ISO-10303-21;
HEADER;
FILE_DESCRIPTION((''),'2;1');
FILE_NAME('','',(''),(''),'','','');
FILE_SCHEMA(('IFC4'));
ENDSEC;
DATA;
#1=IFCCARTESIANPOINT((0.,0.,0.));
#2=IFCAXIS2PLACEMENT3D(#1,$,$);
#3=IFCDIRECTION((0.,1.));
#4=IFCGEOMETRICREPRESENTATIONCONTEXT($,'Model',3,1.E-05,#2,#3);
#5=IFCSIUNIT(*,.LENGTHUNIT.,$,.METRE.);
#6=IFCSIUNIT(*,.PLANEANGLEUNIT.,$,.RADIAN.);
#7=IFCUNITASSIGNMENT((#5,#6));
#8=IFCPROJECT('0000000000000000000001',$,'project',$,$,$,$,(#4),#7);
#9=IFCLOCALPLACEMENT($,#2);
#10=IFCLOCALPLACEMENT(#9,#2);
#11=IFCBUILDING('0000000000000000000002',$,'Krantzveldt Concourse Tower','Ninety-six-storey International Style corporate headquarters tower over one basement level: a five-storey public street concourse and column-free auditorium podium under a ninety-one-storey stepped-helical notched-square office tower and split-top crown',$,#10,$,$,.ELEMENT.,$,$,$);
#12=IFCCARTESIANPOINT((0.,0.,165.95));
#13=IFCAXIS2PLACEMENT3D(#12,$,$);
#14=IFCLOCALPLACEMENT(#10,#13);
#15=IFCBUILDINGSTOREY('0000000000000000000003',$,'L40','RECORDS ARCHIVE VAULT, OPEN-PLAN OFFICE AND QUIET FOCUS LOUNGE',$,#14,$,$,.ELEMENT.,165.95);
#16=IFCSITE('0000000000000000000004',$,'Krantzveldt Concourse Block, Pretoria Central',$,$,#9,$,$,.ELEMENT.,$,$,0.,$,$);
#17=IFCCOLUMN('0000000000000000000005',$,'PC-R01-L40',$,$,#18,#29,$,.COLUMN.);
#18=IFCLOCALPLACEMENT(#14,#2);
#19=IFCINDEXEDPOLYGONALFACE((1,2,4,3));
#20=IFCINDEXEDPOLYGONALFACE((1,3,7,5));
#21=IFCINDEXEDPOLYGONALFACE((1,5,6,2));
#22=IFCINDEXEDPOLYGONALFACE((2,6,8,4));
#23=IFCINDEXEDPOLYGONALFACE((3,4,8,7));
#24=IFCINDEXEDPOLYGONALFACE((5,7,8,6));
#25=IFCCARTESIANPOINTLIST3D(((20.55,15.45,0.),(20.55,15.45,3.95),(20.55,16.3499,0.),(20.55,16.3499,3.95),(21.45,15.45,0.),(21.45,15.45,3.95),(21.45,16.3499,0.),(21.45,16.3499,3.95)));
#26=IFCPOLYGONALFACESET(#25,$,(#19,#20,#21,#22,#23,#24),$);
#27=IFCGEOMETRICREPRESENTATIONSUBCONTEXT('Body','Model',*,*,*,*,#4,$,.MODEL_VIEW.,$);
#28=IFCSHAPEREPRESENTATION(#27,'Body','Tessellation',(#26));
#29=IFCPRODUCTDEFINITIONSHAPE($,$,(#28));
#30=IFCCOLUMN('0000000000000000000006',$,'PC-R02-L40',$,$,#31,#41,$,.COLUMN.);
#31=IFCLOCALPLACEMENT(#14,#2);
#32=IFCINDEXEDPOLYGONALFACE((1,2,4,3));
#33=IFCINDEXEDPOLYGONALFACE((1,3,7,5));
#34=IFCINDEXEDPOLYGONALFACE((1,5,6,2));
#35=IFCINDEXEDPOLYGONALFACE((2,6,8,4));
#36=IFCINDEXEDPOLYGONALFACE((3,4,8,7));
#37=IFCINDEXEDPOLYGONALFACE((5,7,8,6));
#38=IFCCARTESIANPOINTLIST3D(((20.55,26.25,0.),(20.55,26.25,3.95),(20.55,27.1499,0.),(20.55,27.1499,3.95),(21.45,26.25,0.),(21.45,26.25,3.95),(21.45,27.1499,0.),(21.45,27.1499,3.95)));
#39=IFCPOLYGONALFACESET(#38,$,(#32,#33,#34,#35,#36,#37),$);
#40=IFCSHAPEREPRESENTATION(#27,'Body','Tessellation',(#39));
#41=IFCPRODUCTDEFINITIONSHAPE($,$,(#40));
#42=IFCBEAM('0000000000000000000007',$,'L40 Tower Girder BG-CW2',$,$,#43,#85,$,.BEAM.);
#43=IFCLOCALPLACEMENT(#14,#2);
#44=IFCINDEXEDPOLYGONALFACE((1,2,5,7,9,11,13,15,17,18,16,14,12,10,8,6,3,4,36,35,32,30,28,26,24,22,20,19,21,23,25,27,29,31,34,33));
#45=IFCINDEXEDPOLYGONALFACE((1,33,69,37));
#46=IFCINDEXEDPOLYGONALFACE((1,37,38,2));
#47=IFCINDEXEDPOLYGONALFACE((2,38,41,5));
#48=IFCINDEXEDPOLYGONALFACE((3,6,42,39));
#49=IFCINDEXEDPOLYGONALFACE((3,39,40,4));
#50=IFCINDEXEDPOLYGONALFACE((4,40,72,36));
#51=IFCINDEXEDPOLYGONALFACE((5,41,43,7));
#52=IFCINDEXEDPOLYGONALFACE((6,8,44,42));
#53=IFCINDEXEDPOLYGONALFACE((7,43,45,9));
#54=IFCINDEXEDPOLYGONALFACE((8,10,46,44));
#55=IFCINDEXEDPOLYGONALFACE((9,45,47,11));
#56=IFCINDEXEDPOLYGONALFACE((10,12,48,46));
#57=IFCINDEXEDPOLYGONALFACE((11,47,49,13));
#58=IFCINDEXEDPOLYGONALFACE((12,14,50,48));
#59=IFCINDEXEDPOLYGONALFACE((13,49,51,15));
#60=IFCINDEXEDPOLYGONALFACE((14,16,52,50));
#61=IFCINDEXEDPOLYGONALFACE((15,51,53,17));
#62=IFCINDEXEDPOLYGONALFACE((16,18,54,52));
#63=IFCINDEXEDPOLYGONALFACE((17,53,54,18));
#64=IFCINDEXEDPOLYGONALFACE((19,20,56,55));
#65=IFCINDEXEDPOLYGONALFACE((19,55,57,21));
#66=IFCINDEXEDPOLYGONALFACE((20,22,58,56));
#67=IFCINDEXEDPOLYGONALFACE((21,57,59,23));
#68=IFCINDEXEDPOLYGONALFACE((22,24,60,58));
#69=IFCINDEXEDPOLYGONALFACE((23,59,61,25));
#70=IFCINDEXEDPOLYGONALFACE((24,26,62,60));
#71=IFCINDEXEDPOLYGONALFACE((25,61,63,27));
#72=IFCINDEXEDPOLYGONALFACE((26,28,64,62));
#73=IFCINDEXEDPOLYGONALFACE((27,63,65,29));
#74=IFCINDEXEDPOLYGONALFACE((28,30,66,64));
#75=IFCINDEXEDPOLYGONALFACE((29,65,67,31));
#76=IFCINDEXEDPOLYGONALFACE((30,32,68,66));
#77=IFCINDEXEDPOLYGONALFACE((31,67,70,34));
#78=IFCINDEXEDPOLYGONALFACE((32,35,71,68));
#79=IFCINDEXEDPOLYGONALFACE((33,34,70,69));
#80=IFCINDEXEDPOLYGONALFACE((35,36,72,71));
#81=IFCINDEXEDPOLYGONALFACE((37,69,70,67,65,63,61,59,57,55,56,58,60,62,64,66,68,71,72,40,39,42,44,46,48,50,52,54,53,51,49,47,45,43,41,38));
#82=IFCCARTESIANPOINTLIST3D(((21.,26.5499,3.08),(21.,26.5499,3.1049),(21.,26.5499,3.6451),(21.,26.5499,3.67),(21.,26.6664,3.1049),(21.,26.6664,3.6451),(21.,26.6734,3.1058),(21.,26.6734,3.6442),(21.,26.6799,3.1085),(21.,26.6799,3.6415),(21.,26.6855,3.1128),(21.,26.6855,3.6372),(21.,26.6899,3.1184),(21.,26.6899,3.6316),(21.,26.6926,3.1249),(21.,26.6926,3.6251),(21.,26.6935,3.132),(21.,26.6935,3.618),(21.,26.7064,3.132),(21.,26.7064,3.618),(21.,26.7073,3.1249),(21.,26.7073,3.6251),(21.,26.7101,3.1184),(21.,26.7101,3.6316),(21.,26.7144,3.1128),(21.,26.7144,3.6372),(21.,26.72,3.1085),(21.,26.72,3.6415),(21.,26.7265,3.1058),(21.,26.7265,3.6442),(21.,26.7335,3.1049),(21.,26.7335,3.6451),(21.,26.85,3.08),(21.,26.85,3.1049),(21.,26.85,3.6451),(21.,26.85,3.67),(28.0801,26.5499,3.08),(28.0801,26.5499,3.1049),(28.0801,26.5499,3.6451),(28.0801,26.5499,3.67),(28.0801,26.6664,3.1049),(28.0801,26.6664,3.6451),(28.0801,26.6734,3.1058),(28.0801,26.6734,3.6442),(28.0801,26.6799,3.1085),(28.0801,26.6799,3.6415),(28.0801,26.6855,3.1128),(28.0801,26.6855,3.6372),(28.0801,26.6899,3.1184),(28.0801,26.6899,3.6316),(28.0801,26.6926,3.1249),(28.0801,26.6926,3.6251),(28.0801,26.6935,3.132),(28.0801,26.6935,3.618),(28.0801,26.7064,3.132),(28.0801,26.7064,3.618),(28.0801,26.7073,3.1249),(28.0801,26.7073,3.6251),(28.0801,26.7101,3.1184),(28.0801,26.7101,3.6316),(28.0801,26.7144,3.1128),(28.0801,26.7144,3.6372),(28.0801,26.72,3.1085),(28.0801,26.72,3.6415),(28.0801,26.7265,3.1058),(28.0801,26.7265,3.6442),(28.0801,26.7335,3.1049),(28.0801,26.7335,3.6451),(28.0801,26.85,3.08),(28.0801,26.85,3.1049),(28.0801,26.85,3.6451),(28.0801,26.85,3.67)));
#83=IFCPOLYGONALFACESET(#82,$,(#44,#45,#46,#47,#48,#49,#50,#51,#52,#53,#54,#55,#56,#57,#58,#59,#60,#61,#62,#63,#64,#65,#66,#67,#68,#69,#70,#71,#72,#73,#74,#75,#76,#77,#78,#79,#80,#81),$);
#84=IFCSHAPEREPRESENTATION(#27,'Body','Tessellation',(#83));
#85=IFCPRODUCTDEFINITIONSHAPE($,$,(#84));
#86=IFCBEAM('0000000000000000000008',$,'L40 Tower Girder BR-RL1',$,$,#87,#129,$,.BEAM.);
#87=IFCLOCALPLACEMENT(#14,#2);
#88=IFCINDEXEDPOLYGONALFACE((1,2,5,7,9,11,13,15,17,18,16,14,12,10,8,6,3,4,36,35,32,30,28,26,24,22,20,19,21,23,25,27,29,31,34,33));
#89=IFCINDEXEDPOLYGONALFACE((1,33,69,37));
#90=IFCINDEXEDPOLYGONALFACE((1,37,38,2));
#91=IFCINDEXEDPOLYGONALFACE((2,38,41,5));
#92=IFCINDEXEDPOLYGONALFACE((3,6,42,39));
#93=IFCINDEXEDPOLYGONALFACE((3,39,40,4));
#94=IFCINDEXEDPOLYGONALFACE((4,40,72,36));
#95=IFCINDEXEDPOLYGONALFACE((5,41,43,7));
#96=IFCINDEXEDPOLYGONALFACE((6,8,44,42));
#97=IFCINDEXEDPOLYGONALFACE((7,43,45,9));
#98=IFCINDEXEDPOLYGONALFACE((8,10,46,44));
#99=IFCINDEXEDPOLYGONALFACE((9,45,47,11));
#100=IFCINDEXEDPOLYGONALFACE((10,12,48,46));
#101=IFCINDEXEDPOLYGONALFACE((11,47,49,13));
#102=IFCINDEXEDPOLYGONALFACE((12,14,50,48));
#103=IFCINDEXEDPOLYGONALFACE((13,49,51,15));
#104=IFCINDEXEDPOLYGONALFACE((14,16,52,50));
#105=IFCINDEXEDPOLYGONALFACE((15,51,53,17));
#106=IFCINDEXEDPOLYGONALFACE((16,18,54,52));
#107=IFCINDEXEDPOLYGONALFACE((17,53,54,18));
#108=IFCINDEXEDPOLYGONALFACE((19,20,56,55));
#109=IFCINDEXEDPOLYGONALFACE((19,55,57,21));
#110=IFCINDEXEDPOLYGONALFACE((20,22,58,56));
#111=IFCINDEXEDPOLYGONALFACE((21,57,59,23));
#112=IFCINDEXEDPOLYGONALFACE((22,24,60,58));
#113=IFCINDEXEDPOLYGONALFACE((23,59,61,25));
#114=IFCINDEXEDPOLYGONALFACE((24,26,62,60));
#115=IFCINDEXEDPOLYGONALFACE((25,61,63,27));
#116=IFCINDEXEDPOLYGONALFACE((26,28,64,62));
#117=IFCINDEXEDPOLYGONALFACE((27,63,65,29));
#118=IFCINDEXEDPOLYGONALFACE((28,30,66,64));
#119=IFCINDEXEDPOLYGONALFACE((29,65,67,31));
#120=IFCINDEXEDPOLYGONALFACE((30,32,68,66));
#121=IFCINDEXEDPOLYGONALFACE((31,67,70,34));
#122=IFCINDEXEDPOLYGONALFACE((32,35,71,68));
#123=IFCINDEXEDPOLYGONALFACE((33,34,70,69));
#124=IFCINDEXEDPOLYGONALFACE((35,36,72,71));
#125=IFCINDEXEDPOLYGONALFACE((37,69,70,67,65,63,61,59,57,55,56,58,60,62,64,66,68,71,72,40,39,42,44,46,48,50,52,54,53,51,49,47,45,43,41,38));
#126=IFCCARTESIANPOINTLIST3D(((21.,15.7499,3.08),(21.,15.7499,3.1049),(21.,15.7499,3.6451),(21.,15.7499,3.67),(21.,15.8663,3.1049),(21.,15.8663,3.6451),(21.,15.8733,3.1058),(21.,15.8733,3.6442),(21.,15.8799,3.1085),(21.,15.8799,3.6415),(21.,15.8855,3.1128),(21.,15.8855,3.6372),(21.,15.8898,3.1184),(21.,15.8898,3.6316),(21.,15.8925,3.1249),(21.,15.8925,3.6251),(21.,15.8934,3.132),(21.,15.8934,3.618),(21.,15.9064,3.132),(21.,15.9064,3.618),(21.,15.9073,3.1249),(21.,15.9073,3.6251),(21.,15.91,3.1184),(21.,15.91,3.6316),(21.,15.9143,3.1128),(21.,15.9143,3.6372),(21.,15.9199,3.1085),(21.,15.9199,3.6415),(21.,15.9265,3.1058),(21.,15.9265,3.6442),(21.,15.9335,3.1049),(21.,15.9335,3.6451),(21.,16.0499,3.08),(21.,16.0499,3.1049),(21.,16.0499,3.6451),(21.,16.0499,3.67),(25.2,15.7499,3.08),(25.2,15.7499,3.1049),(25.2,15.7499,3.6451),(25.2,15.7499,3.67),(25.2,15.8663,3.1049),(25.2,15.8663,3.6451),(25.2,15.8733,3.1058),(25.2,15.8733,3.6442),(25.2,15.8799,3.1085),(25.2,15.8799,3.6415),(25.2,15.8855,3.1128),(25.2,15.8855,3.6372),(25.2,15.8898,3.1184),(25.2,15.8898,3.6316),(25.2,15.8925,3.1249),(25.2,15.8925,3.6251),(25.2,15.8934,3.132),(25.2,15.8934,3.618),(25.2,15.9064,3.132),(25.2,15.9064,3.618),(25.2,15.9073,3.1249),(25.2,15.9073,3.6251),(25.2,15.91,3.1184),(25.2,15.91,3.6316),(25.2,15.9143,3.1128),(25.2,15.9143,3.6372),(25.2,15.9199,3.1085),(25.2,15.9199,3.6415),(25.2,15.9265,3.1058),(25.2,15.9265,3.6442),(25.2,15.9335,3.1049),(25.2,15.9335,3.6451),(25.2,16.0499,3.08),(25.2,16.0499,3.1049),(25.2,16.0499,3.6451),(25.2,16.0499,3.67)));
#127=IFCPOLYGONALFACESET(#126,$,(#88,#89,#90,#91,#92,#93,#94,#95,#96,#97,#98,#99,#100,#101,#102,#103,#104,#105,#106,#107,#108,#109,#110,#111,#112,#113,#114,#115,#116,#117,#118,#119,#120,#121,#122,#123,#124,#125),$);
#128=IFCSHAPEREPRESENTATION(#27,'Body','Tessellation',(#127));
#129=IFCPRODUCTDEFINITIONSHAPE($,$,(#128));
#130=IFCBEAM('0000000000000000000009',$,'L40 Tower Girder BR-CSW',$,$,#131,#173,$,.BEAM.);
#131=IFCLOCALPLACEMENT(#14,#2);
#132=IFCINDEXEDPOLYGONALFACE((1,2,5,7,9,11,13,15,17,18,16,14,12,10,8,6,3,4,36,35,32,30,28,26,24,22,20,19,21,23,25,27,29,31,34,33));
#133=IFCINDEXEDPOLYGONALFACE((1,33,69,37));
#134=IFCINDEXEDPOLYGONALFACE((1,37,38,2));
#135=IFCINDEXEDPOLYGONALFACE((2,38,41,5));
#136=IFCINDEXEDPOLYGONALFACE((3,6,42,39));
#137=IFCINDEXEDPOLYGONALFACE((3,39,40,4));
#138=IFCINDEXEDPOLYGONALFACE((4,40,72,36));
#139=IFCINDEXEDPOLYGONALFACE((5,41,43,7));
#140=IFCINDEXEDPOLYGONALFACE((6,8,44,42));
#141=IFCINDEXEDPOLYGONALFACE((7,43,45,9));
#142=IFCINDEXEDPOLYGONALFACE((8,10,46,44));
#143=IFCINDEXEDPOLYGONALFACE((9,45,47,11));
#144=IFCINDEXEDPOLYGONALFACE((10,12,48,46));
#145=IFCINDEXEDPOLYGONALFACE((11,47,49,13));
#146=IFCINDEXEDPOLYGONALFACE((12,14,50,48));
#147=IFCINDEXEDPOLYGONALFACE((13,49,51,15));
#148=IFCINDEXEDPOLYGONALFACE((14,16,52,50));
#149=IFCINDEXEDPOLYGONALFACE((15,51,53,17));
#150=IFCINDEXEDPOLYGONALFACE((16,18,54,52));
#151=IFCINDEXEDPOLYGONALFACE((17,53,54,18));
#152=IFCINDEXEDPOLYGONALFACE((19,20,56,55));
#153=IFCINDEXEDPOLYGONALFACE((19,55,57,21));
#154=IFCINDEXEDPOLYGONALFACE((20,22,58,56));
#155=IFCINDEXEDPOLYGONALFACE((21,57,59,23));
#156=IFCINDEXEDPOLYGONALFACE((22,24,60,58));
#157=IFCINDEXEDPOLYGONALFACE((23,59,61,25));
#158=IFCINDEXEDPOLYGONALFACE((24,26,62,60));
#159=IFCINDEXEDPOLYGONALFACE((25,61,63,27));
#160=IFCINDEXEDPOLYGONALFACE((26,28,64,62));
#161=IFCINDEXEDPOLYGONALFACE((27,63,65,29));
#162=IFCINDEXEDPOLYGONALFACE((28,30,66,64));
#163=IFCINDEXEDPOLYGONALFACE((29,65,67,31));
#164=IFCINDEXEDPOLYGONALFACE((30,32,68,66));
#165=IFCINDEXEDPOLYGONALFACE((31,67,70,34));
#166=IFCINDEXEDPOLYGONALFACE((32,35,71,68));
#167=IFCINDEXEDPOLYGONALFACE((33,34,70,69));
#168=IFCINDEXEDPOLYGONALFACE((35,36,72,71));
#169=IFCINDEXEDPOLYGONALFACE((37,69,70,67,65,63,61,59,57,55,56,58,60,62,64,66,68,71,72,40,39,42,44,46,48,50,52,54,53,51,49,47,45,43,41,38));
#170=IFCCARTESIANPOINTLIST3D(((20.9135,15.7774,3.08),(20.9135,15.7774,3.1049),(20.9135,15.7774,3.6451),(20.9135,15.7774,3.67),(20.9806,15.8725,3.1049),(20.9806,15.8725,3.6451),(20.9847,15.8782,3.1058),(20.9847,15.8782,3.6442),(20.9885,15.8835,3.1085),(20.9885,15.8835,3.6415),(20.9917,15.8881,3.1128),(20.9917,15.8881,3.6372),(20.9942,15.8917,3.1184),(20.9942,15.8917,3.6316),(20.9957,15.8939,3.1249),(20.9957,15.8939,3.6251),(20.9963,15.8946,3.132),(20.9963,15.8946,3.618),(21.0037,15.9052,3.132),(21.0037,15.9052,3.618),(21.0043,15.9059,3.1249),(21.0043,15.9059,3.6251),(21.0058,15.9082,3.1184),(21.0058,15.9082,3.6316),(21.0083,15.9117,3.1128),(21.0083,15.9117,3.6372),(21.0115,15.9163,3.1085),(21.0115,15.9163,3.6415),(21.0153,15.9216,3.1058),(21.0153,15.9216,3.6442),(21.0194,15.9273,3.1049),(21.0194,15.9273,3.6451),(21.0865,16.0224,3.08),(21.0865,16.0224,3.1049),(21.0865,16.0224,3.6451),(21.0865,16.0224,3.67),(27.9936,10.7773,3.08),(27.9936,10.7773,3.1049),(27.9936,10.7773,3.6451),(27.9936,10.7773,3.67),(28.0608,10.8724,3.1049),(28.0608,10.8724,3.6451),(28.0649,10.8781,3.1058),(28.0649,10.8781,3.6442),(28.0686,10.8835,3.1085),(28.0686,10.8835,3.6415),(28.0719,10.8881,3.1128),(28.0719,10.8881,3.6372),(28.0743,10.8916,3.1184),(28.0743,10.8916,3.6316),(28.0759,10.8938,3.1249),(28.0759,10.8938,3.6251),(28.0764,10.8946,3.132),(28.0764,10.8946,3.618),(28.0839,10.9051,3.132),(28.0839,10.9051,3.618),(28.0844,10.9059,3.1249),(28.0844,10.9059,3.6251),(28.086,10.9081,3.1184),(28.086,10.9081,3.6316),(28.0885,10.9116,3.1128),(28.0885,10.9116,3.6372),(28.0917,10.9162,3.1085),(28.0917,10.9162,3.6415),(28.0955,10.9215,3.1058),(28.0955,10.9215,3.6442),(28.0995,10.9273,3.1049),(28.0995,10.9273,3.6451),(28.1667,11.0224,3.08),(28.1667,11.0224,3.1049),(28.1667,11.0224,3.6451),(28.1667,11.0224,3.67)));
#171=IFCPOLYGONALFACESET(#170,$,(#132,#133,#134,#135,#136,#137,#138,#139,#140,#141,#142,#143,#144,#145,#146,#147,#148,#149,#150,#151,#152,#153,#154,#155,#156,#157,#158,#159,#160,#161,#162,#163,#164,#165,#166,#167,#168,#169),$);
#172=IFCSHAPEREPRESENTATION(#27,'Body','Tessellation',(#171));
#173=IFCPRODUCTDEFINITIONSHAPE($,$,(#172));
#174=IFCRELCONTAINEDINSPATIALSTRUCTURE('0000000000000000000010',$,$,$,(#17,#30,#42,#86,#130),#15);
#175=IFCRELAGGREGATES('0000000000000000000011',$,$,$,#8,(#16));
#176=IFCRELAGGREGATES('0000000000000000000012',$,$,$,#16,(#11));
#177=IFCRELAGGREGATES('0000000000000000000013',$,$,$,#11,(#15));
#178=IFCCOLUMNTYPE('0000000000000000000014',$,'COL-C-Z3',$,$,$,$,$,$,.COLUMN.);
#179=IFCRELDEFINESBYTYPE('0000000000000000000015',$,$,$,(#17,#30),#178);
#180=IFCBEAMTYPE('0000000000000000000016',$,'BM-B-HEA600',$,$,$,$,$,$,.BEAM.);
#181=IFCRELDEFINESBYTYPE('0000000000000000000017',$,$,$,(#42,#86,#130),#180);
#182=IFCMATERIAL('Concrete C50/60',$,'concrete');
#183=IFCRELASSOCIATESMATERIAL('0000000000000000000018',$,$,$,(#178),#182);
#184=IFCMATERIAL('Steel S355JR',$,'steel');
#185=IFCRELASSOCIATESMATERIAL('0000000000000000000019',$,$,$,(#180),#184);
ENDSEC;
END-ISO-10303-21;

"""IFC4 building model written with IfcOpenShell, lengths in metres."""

from ifc_helpers import new_model, si_unit, direction, frame, origin, origin_2d, place, context, subcontext, project, spatial, rectangle, i_section, extrude, source, transform, mapped, material, material_profile, profile_set, type_object, type_shapes, element, save


model = new_model("IFC4")

# Units and contexts
model_context = context("Model", 3, precision=1e-05, world=origin(), true_north=direction((0.0, 1.0)))
body_context = subcontext(model_context, "Body", "Model", "MODEL_VIEW")
ifc_project = project(units=[si_unit("LENGTHUNIT", "METRE"), si_unit("PLANEANGLEUNIT", "RADIAN")], contexts=[model_context])

# Site, building, storey
site_placement = place(None, origin())
site = spatial("IfcSite", under=ifc_project, at=site_placement, Name="Krantzveldt Concourse Block, Pretoria Central", CompositionType="ELEMENT", RefElevation=0.0)
building_placement = place(site_placement, origin())
building = spatial("IfcBuilding", under=site, at=building_placement, Name="Krantzveldt Concourse Tower", Description="Ninety-six-storey International Style corporate headquarters tower over one basement level: a five-storey public street concourse and column-free auditorium podium under a ninety-one-storey stepped-helical notched-square office tower and split-top crown", CompositionType="ELEMENT")
storey_placement = place(building_placement, frame((0.0, 0.0, 165.95)))
storey = spatial("IfcBuildingStorey", under=building, at=storey_placement, Name="L40", Description="RECORDS ARCHIVE VAULT, OPEN-PLAN OFFICE AND QUIET FOCUS LOUNGE", CompositionType="ELEMENT", Elevation=165.95)

# Columns
ifc_material_1 = material(Name="Concrete C50/60", Category="concrete")
ifc_material_profile_1 = material_profile(ifc_material_1, rectangle(XDim=0.8999, YDim=0.8999, at=origin_2d()), Name="Concrete C50/60", Category="concrete")
ifc_profile_set_1 = profile_set([ifc_material_profile_1], Name="Concrete C50/60 - RC 900x900")
column_type = type_object("IfcColumnType", Name="COL-C-Z3", PredefinedType="COLUMN", material=ifc_profile_set_1)
shared_shape_1 = source(origin(), body_context, "Body", "SweptSolid", [
    extrude(rectangle(XDim=0.8999, YDim=0.8999, at=origin_2d()), origin(), (0.0, 0.0, 1.0), 3.95),
])
type_shapes(column_type, [shared_shape_1])
for number, where, z_axis, x_axis, name in (
    (1, (21.0, 15.8999, 0.0), (0.0, 0.0, 1.0), (1.0, 0.0, 0.0), "PC-R01-L40"),
    (2, (21.0, 26.7, 0.0), (0.0, 0.0, 1.0), (1.0, 0.0, 0.0), "PC-R02-L40"),
):
    element("IfcColumn", number, at=place(storey_placement, frame(where, z_axis=z_axis, x_axis=x_axis)), inside=storey, type_object=column_type, Name=name, PredefinedType="COLUMN", context=body_context, shape_type="MappedRepresentation", body=[
        mapped(shared_shape_1, transform((0.0, 0.0, 0.0), x_axis=(1.0, 0.0, 0.0), y_axis=(0.0, 1.0, 0.0), z_axis=(0.0, 0.0, 1.0), scale=1.0)),
    ])

# Beams
ifc_material_2 = material(Name="Steel S355JR", Category="steel")
ifc_material_profile_2 = material_profile(ifc_material_2, i_section(OverallWidth=0.3, OverallDepth=0.5901, WebThickness=0.0129, FlangeThickness=0.0249, FilletRadius=0.0271, at=origin_2d()), Name="Steel S355JR", Category="steel")
ifc_profile_set_2 = profile_set([ifc_material_profile_2], Name="Steel S355JR - HEA 600")
beam_type_1 = type_object("IfcBeamType", Name="BM-B-HEA600", PredefinedType="BEAM", material=ifc_profile_set_2)
shared_shape_2 = source(origin(), body_context, "Body", "SweptSolid", [
    extrude(i_section(OverallWidth=0.3, OverallDepth=0.5901, WebThickness=0.0129, FlangeThickness=0.0249, FilletRadius=0.0271, at=origin_2d()), origin(), (0.0, 0.0, 1.0), 7.0801),
])
beam_1_placement = place(storey_placement, frame((21.0, 26.7, 3.375), z_axis=(1.0, 0.0, 0.0), x_axis=(0.0, 1.0, 0.0)))
element("IfcBeam", 3, at=beam_1_placement, inside=storey, type_object=beam_type_1, Name="L40 Tower Girder BG-CW2", PredefinedType="BEAM", context=body_context, shape_type="MappedRepresentation", body=[
    mapped(shared_shape_2, transform((0.0, 0.0, 0.0), x_axis=(1.0, 0.0, 0.0), y_axis=(0.0, 1.0, 0.0), z_axis=(0.0, 0.0, 1.0), scale=1.0)),
])
shared_shape_3 = source(origin(), body_context, "Body", "SweptSolid", [
    extrude(i_section(OverallWidth=0.3, OverallDepth=0.5901, WebThickness=0.0129, FlangeThickness=0.0249, FilletRadius=0.0271, at=origin_2d()), origin(), (0.0, 0.0, 1.0), 4.2),
])
beam_2_placement = place(storey_placement, frame((21.0, 15.8999, 3.375), z_axis=(1.0, 0.0, 0.0), x_axis=(0.0, 1.0, 0.0)))
element("IfcBeam", 4, at=beam_2_placement, inside=storey, type_object=beam_type_1, Name="L40 Tower Girder BR-RL1", PredefinedType="BEAM", context=body_context, shape_type="MappedRepresentation", body=[
    mapped(shared_shape_3, transform((0.0, 0.0, 0.0), x_axis=(1.0, 0.0, 0.0), y_axis=(0.0, 1.0, 0.0), z_axis=(0.0, 0.0, 1.0), scale=1.0)),
])
shared_shape_4 = source(origin(), body_context, "Body", "SweptSolid", [
    extrude(i_section(OverallWidth=0.3, OverallDepth=0.5901, WebThickness=0.0129, FlangeThickness=0.0249, FilletRadius=0.0271, at=origin_2d()), origin(), (0.0, 0.0, 1.0), 8.6677),
])
type_shapes(beam_type_1, [shared_shape_2, shared_shape_3, shared_shape_4])
beam_3_placement = place(storey_placement, frame((21.0, 15.8999, 3.375), z_axis=(0.816843, -0.57686, 0.0), x_axis=(0.57686, 0.816843, 0.0)))
element("IfcBeam", 5, at=beam_3_placement, inside=storey, type_object=beam_type_1, Name="L40 Tower Girder BR-CSW", PredefinedType="BEAM", context=body_context, shape_type="MappedRepresentation", body=[
    mapped(shared_shape_4, transform((0.0, 0.0, 0.0), x_axis=(1.0, 0.0, 0.0), y_axis=(0.0, 1.0, 0.0), z_axis=(0.0, 0.0, 1.0), scale=1.0)),
])

save(model, "model.ifc")
